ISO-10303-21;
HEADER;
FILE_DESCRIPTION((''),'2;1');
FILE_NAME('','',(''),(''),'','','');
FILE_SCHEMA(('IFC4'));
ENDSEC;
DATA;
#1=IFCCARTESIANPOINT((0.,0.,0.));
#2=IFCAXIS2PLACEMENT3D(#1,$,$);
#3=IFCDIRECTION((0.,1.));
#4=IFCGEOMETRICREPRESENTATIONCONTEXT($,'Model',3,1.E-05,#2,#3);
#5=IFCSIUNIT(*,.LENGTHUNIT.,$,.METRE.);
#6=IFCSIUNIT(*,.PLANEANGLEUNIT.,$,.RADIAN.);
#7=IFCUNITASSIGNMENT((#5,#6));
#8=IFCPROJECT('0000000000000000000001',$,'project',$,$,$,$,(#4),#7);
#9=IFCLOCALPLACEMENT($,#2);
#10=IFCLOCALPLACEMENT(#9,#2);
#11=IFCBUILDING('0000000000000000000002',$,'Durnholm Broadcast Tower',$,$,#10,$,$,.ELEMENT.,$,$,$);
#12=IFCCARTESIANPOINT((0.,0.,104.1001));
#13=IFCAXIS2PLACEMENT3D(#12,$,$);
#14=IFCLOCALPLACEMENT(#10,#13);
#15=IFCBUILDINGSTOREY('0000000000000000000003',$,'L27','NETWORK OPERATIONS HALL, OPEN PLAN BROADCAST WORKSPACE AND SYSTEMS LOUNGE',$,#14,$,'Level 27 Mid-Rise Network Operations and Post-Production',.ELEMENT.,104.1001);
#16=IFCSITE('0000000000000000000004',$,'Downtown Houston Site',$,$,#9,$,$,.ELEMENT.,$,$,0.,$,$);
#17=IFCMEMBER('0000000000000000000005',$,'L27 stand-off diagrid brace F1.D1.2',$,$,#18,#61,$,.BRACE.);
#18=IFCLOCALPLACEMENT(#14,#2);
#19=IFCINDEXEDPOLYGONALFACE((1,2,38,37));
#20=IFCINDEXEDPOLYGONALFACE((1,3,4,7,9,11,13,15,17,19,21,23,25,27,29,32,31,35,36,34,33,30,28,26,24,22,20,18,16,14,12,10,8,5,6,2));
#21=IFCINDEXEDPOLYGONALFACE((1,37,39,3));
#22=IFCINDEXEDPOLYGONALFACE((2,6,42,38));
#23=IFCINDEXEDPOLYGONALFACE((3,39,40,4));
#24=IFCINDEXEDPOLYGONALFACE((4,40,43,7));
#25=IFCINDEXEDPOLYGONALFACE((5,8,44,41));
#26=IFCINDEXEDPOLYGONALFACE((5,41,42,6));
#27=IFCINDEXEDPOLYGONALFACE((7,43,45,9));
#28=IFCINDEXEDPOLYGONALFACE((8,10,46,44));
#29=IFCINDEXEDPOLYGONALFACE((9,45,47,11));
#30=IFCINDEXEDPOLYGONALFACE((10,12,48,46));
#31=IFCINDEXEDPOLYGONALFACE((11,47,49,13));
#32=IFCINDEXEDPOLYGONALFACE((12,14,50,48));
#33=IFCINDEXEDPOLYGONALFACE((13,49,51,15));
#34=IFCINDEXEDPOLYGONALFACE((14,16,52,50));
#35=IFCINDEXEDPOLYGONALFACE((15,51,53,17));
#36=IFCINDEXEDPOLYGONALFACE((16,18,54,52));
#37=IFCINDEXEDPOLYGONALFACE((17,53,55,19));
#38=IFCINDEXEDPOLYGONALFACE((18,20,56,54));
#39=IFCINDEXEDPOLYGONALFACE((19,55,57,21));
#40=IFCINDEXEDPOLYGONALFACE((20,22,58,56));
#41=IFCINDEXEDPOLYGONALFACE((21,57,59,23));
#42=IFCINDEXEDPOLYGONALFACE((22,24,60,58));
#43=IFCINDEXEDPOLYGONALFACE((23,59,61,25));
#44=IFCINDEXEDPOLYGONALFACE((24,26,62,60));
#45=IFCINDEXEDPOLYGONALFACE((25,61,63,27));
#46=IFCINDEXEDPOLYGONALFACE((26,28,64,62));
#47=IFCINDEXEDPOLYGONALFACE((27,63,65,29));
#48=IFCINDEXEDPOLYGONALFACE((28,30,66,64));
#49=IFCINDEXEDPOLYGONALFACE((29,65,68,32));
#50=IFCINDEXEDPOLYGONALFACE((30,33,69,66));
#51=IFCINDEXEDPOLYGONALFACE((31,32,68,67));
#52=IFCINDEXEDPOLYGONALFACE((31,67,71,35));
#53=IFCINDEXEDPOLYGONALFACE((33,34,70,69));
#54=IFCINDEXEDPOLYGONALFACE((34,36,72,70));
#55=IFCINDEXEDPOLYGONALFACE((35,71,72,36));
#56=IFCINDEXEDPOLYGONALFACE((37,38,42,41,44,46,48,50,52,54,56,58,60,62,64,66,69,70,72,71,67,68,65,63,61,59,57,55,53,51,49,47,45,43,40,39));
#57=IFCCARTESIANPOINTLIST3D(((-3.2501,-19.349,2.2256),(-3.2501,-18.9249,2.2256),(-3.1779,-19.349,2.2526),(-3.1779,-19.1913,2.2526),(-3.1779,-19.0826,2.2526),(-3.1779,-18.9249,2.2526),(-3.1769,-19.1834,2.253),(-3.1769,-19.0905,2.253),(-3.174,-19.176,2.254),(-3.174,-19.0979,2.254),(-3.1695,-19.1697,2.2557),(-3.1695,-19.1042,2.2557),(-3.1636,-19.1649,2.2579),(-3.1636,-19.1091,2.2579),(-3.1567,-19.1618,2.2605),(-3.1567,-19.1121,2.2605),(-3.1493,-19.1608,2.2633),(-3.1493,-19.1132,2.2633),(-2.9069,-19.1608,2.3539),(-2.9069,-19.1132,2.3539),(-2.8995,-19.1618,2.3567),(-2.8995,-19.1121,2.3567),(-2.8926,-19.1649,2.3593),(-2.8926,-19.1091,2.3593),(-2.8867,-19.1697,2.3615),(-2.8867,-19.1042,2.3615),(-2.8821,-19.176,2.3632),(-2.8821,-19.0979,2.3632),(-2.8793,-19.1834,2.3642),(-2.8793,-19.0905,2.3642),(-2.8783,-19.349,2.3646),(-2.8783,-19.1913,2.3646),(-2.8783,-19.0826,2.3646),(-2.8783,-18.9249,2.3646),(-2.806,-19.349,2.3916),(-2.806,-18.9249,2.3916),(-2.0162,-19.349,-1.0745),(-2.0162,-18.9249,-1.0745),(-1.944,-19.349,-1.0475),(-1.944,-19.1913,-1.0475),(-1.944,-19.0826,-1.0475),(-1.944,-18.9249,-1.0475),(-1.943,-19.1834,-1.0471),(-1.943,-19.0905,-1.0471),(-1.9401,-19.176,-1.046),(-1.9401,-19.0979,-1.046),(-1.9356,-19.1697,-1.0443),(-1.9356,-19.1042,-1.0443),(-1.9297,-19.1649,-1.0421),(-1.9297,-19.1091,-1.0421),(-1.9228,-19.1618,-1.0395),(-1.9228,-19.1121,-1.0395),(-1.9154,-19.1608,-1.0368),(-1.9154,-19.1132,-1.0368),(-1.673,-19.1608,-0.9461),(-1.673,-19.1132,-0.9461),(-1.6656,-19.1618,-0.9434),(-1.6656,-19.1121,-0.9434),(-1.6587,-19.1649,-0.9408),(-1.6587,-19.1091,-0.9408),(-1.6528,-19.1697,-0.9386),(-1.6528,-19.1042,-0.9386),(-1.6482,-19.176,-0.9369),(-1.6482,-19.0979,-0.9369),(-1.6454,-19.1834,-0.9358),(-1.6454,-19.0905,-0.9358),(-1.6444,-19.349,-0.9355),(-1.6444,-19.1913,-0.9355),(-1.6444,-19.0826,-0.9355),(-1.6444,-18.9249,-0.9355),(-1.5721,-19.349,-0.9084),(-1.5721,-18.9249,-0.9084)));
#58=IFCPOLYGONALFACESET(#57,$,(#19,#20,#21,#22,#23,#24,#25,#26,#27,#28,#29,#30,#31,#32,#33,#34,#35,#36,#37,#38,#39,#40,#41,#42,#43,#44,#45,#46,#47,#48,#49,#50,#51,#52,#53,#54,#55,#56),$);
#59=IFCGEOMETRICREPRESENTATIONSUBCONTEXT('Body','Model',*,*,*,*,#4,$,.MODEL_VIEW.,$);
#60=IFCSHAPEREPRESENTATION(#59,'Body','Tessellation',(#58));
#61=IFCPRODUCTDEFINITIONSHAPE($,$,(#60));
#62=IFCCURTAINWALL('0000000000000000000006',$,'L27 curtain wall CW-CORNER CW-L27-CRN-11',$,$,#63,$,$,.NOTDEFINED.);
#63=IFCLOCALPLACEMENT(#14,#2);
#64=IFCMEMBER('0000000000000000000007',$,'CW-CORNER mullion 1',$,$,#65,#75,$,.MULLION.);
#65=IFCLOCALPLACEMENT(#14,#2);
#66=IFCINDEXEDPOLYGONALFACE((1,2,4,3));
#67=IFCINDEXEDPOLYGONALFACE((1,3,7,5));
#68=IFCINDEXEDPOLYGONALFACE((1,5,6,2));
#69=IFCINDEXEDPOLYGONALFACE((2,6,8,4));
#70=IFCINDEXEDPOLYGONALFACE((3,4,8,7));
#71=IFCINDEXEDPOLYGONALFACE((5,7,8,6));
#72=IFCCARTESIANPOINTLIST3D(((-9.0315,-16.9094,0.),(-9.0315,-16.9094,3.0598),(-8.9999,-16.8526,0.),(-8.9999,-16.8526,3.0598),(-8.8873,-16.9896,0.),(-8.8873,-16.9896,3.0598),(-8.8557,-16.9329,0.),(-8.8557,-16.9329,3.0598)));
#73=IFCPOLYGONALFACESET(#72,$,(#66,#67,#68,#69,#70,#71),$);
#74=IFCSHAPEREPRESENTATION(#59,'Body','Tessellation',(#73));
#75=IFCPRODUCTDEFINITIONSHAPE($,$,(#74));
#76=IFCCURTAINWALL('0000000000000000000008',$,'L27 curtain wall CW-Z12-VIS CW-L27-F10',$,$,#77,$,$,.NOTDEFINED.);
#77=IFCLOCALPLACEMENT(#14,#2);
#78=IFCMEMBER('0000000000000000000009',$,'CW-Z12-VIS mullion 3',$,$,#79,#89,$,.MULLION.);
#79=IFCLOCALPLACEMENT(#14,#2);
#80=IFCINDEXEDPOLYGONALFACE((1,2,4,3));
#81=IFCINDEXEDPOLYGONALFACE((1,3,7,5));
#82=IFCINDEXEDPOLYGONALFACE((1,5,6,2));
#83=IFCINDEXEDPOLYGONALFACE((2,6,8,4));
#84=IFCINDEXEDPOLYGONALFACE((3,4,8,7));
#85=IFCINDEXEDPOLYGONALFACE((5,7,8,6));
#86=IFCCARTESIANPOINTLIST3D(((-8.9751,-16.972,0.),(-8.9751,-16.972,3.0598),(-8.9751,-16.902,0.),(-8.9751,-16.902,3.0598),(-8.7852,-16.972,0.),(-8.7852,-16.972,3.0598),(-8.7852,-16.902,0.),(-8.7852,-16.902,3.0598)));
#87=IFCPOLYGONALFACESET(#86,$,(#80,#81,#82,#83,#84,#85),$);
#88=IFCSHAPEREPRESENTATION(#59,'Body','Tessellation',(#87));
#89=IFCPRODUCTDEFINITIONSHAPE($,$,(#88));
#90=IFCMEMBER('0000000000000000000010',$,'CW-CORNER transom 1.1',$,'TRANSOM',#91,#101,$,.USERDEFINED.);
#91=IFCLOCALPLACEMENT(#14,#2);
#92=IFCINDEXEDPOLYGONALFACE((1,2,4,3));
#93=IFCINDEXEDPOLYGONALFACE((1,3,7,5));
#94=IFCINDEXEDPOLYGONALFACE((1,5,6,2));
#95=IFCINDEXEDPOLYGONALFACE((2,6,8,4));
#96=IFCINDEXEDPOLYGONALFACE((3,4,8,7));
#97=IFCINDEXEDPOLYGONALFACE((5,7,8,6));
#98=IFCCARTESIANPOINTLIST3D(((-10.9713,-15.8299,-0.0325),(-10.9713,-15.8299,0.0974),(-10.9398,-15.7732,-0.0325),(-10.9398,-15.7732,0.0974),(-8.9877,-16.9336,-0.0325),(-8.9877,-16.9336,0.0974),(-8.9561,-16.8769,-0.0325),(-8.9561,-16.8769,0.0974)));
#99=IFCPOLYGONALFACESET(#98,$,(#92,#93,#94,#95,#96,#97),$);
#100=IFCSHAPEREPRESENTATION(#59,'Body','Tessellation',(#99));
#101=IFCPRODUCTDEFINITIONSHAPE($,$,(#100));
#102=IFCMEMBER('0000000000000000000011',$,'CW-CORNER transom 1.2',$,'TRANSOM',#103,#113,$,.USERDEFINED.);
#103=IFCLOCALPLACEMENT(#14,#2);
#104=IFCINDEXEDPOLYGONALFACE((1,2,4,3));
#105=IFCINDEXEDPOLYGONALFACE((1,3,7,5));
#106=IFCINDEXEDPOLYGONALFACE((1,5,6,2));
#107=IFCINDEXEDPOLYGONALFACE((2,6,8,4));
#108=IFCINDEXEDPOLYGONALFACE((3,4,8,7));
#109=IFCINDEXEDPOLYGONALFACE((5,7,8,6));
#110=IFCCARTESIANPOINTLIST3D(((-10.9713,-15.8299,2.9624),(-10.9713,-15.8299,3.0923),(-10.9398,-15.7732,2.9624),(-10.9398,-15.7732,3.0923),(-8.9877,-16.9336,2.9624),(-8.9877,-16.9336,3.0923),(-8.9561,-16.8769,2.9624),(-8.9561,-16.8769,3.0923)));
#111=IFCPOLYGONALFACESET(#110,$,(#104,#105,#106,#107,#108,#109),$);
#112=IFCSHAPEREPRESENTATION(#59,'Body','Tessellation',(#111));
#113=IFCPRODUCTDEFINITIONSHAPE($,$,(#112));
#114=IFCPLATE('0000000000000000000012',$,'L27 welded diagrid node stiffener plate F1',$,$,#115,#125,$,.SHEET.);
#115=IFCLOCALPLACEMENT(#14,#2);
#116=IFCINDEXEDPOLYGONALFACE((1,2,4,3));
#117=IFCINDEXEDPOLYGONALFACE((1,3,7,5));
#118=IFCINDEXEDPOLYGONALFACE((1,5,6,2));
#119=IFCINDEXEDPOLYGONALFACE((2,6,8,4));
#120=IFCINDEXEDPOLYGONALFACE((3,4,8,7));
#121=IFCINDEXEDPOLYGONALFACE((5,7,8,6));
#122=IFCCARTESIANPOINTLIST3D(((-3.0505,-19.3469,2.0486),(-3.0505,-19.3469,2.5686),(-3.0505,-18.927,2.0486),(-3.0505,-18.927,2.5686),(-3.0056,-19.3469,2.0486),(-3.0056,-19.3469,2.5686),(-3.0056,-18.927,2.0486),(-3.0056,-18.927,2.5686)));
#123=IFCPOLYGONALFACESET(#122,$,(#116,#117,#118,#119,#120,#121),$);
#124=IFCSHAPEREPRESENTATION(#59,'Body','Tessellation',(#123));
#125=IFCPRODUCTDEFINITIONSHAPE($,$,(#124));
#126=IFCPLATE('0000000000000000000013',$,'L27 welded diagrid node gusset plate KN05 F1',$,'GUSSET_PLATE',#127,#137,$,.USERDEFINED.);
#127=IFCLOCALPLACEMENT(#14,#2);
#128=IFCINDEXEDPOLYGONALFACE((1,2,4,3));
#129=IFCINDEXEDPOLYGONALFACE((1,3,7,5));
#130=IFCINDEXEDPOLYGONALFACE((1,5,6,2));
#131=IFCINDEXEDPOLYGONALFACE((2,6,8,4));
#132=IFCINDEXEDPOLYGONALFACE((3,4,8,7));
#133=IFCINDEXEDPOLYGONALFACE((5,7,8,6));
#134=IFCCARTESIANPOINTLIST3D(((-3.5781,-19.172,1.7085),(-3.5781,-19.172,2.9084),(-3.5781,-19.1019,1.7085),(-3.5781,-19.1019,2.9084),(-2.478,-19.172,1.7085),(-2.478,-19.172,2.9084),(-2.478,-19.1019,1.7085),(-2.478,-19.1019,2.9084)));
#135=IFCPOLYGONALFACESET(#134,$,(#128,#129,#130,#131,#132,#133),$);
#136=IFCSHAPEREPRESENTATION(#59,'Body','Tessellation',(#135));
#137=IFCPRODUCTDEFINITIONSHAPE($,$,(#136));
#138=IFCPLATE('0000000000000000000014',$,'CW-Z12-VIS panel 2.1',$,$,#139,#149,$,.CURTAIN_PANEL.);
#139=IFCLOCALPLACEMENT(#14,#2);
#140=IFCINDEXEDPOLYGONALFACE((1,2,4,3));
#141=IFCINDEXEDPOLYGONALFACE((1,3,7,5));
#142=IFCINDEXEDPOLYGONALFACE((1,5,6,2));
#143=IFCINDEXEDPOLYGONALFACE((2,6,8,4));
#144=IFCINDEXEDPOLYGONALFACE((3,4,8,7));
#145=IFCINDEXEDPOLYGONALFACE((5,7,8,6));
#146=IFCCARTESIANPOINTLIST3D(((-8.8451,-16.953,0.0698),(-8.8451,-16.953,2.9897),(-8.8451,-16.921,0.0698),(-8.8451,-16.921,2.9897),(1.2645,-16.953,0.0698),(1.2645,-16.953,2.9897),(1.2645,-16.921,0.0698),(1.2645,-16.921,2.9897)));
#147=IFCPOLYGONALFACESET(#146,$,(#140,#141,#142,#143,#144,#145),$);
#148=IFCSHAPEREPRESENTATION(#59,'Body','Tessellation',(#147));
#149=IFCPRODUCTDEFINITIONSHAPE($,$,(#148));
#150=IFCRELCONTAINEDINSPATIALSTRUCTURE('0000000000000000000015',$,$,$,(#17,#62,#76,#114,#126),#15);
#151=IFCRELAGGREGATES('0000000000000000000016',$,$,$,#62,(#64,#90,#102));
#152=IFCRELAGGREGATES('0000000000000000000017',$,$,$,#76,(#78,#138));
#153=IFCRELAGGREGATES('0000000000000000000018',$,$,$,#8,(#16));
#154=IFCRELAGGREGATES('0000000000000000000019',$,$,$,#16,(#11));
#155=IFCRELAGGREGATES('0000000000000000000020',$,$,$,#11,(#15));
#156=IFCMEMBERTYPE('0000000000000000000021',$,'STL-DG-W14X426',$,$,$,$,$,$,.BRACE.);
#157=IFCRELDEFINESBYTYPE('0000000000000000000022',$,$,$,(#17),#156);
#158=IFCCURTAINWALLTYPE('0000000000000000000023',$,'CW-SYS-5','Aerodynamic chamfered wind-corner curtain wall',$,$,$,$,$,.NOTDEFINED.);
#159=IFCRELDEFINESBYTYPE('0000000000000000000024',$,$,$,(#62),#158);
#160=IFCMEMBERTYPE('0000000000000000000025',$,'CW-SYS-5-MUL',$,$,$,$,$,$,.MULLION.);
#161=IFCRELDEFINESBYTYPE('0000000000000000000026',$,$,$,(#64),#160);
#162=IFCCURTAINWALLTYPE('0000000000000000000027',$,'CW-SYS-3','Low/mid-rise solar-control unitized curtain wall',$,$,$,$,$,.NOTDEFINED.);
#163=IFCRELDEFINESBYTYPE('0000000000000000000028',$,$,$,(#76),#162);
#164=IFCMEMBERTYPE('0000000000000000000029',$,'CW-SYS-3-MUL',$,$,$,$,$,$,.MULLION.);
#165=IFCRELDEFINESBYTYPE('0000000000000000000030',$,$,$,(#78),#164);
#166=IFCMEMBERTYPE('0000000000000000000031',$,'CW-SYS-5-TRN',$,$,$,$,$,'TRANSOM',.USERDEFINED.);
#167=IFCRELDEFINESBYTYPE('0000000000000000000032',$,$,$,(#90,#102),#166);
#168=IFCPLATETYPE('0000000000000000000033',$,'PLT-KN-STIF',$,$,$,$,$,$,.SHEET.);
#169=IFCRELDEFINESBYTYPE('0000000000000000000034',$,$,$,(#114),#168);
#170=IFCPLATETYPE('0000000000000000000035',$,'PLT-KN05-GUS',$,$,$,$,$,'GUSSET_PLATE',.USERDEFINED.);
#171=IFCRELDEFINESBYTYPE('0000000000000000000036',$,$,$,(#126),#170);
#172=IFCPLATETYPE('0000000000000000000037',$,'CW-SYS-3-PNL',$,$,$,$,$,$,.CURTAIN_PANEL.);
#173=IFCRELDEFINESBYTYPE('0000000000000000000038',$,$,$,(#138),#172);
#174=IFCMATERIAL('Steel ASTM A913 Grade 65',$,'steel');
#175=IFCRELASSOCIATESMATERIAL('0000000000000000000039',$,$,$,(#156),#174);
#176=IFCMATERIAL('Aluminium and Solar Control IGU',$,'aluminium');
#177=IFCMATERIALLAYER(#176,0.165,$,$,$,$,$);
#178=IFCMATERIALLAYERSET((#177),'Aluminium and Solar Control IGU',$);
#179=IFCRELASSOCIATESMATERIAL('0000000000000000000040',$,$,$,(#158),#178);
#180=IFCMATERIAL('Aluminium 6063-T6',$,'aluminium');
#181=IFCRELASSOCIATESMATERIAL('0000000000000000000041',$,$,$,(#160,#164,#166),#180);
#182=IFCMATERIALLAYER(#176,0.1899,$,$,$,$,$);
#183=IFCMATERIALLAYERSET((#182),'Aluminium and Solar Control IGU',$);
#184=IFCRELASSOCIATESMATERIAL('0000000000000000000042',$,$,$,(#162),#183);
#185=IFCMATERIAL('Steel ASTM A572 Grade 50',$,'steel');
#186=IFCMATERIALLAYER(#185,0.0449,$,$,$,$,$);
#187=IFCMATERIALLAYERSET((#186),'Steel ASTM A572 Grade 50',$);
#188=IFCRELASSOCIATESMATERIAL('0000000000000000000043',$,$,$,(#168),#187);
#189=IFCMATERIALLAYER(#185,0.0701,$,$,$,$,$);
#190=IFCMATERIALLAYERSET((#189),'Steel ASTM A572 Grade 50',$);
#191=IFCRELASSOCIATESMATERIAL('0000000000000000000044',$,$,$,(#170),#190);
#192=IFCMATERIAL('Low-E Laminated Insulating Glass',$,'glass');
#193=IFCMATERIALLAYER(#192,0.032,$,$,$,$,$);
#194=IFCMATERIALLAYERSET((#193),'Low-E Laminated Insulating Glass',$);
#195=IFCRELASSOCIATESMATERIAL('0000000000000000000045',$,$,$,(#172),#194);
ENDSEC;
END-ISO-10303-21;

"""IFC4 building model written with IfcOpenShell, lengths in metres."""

from ifc_helpers import new_model, si_unit, direction, frame, origin, origin_2d, place, context, subcontext, project, spatial, rectangle, i_section, extrude, source, transform, mapped, material, layer, layer_set, material_profile, profile_set, type_object, type_shapes, element, aggregate, save


model = new_model("IFC4")

# Units and contexts
model_context = context("Model", 3, precision=1e-05, world=origin(), true_north=direction((0.0, 1.0)))
body_context = subcontext(model_context, "Body", "Model", "MODEL_VIEW")
ifc_project = project(units=[si_unit("LENGTHUNIT", "METRE"), si_unit("PLANEANGLEUNIT", "RADIAN")], contexts=[model_context])

# Site, building, storey
site_placement = place(None, origin())
site = spatial("IfcSite", under=ifc_project, at=site_placement, Name="Downtown Houston Site", CompositionType="ELEMENT", RefElevation=0.0)
building_placement = place(site_placement, origin())
building = spatial("IfcBuilding", under=site, at=building_placement, Name="Durnholm Broadcast Tower", CompositionType="ELEMENT")
storey_placement = place(building_placement, frame((0.0, 0.0, 104.1001)))
storey = spatial("IfcBuildingStorey", under=building, at=storey_placement, Name="L27", Description="NETWORK OPERATIONS HALL, OPEN PLAN BROADCAST WORKSPACE AND SYSTEMS LOUNGE", LongName="Level 27 Mid-Rise Network Operations and Post-Production", CompositionType="ELEMENT", Elevation=104.1001)

# Member
ifc_material_1 = material(Name="Steel ASTM A913 Grade 65", Category="steel")
ifc_material_profile_1 = material_profile(ifc_material_1, i_section(OverallWidth=0.4241, OverallDepth=0.4741, WebThickness=0.0476, FlangeThickness=0.0771, FilletRadius=0.0305, at=origin_2d()), Name="W14X426")
ifc_profile_set_1 = profile_set([ifc_material_profile_1], Name="Steel ASTM A913 Grade 65")
member_type_1 = type_object("IfcMemberType", Name="STL-DG-W14X426", PredefinedType="BRACE", material=ifc_profile_set_1)
shared_shape_1 = source(origin(), body_context, "Body", "SweptSolid", [
    extrude(i_section(OverallWidth=0.4241, OverallDepth=0.4741, WebThickness=0.0476, FlangeThickness=0.0771, FilletRadius=0.0305, at=origin_2d()), origin(), (0.0, 0.0, 1.0), 3.5232),
])
type_shapes(member_type_1, [shared_shape_1])
for number, where, z_axis, x_axis, name in (
    (1, (-1.7942, -19.137, -0.9915), (-0.35022, 0.0, 0.936668), (0.0, -1.0, 0.0), "L27 stand-off diagrid brace F1.D1.2"),
):
    element("IfcMember", number, at=place(storey_placement, frame(where, z_axis=z_axis, x_axis=x_axis)), inside=storey, type_object=member_type_1, Name=name, PredefinedType="BRACE", context=body_context, shape_type="MappedRepresentation", body=[
        mapped(shared_shape_1, transform((0.0, 0.0, 0.0), x_axis=(1.0, 0.0, 0.0), y_axis=(0.0, 1.0, 0.0), z_axis=(0.0, 0.0, 1.0), scale=1.0)),
    ])

# Curtain walls, members
ifc_material_2 = material(Name="Aluminium and Solar Control IGU", Category="aluminium")
ifc_layer_1 = layer(ifc_material_2, 0.165)
ifc_layer_set_1 = layer_set([ifc_layer_1], Name="Aluminium and Solar Control IGU")
curtain_wall_type_1 = type_object("IfcCurtainWallType", Name="CW-SYS-5", Description="Aerodynamic chamfered wind-corner curtain wall", PredefinedType="NOTDEFINED", material=ifc_layer_set_1)
curtain_wall_1_placement = place(storey_placement, origin())
curtain_wall_1 = element("IfcCurtainWall", 2, at=curtain_wall_1_placement, inside=storey, type_object=curtain_wall_type_1, Name="L27 curtain wall CW-CORNER CW-L27-CRN-11", PredefinedType="NOTDEFINED")
ifc_material_3 = material(Name="Aluminium 6063-T6", Category="aluminium")
ifc_material_profile_2 = material_profile(ifc_material_3, rectangle(XDim=0.0649, YDim=0.165, at=origin_2d()), Name="CWM65X165")
ifc_profile_set_2 = profile_set([ifc_material_profile_2], Name="Aluminium 6063-T6")
member_type_2 = type_object("IfcMemberType", Name="CW-SYS-5-MUL", PredefinedType="MULLION", material=ifc_profile_set_2)
shared_shape_2 = source(origin(), body_context, "Body", "SweptSolid", [
    extrude(rectangle(XDim=0.0649, YDim=0.165, at=origin_2d()), origin(), (0.0, 0.0, 1.0), 3.0598),
])
type_shapes(member_type_2, [shared_shape_2])
member_1_placement = place(storey_placement, frame((-8.9436, -16.9211, 0.0), z_axis=(0.0, 0.0, 1.0), x_axis=(-0.486244, -0.873823, 0.0)))
member_1 = element("IfcMember", 3, at=member_1_placement, type_object=member_type_2, Name="CW-CORNER mullion 1", PredefinedType="MULLION", context=body_context, shape_type="MappedRepresentation", body=[
    mapped(shared_shape_2, transform((0.0, 0.0, 0.0), x_axis=(1.0, 0.0, 0.0), y_axis=(0.0, 1.0, 0.0), z_axis=(0.0, 0.0, 1.0), scale=1.0)),
])
ifc_layer_2 = layer(ifc_material_2, 0.1899)
ifc_layer_set_2 = layer_set([ifc_layer_2], Name="Aluminium and Solar Control IGU")
curtain_wall_type_2 = type_object("IfcCurtainWallType", Name="CW-SYS-3", Description="Low/mid-rise solar-control unitized curtain wall", PredefinedType="NOTDEFINED", material=ifc_layer_set_2)
curtain_wall_2_placement = place(storey_placement, origin())
curtain_wall_2 = element("IfcCurtainWall", 4, at=curtain_wall_2_placement, inside=storey, type_object=curtain_wall_type_2, Name="L27 curtain wall CW-Z12-VIS CW-L27-F10", PredefinedType="NOTDEFINED")
ifc_material_profile_3 = material_profile(ifc_material_3, rectangle(XDim=0.0701, YDim=0.1899, at=origin_2d()), Name="CWM70X190")
ifc_profile_set_3 = profile_set([ifc_material_profile_3], Name="Aluminium 6063-T6")
member_type_3 = type_object("IfcMemberType", Name="CW-SYS-3-MUL", PredefinedType="MULLION", material=ifc_profile_set_3)
shared_shape_3 = source(origin(), body_context, "Body", "SweptSolid", [
    extrude(rectangle(XDim=0.0701, YDim=0.1899, at=origin_2d()), origin(), (0.0, 0.0, 1.0), 3.0598),
])
type_shapes(member_type_3, [shared_shape_3])
member_2_placement = place(storey_placement, frame((-8.8801, -16.937, 0.0), z_axis=(0.0, 0.0, 1.0), x_axis=(0.0, -1.0, 0.0)))
member_2 = element("IfcMember", 5, at=member_2_placement, type_object=member_type_3, Name="CW-Z12-VIS mullion 3", PredefinedType="MULLION", context=body_context, shape_type="MappedRepresentation", body=[
    mapped(shared_shape_3, transform((0.0, 0.0, 0.0), x_axis=(1.0, 0.0, 0.0), y_axis=(0.0, 1.0, 0.0), z_axis=(0.0, 0.0, 1.0), scale=1.0)),
])

# Members
ifc_material_profile_4 = material_profile(ifc_material_3, rectangle(XDim=0.0649, YDim=0.1299, at=origin_2d()), Name="CWT65X130")
ifc_profile_set_4 = profile_set([ifc_material_profile_4], Name="Aluminium 6063-T6")
member_type_4 = type_object("IfcMemberType", Name="CW-SYS-5-TRN", ElementType="TRANSOM", PredefinedType="USERDEFINED", material=ifc_profile_set_4)
shared_shape_4 = source(origin(), body_context, "Body", "SweptSolid", [
    extrude(rectangle(XDim=0.0649, YDim=0.1299, at=origin_2d()), origin(), (0.0, 0.0, 1.0), 2.27),
])
type_shapes(member_type_4, [shared_shape_4])
member_3_placement = place(storey_placement, frame((-8.9719, -16.9053, 0.0325), z_axis=(-0.873832, 0.486227, 0.0), x_axis=(-0.486227, -0.873832, 0.0)))
member_3 = element("IfcMember", 6, at=member_3_placement, type_object=member_type_4, Name="CW-CORNER transom 1.1", ObjectType="TRANSOM", PredefinedType="USERDEFINED", context=body_context, shape_type="MappedRepresentation", body=[
    mapped(shared_shape_4, transform((0.0, 0.0, 0.0), x_axis=(1.0, 0.0, 0.0), y_axis=(0.0, 1.0, 0.0), z_axis=(0.0, 0.0, 1.0), scale=1.0)),
])
member_4_placement = place(storey_placement, frame((-8.9719, -16.9053, 3.0273), z_axis=(-0.873832, 0.486227, 0.0), x_axis=(-0.486227, -0.873832, 0.0)))
member_4 = element("IfcMember", 7, at=member_4_placement, type_object=member_type_4, Name="CW-CORNER transom 1.2", ObjectType="TRANSOM", PredefinedType="USERDEFINED", context=body_context, shape_type="MappedRepresentation", body=[
    mapped(shared_shape_4, transform((0.0, 0.0, 0.0), x_axis=(1.0, 0.0, 0.0), y_axis=(0.0, 1.0, 0.0), z_axis=(0.0, 0.0, 1.0), scale=1.0)),
])
aggregate(curtain_wall_1, [member_1, member_3, member_4])

# Plates
ifc_material_4 = material(Name="Steel ASTM A572 Grade 50", Category="steel")
ifc_layer_3 = layer(ifc_material_4, 0.0449)
ifc_layer_set_3 = layer_set([ifc_layer_3], Name="Steel ASTM A572 Grade 50")
plate_type_1 = type_object("IfcPlateType", Name="PLT-KN-STIF", PredefinedType="SHEET", material=ifc_layer_set_3)
shared_shape_5 = source(origin(), body_context, "Body", "SweptSolid", [
    extrude(rectangle(XDim=0.0449, YDim=0.4199, at=origin_2d()), origin(), (0.0, 0.0, 1.0), 0.52),
])
type_shapes(plate_type_1, [shared_shape_5])
plate_1_placement = place(storey_placement, frame((-3.0281, -19.137, 2.0486), z_axis=(0.0, 0.0, 1.0), x_axis=(1.0, 0.0, 0.0)))
element("IfcPlate", 8, at=plate_1_placement, inside=storey, type_object=plate_type_1, Name="L27 welded diagrid node stiffener plate F1", PredefinedType="SHEET", context=body_context, shape_type="MappedRepresentation", body=[
    mapped(shared_shape_5, transform((0.0, 0.0, 0.0), x_axis=(1.0, 0.0, 0.0), y_axis=(0.0, 1.0, 0.0), z_axis=(0.0, 0.0, 1.0), scale=1.0)),
])
ifc_layer_4 = layer(ifc_material_4, 0.0701)
ifc_layer_set_4 = layer_set([ifc_layer_4], Name="Steel ASTM A572 Grade 50")
plate_type_2 = type_object("IfcPlateType", Name="PLT-KN05-GUS", ElementType="GUSSET_PLATE", PredefinedType="USERDEFINED", material=ifc_layer_set_4)
shared_shape_6 = source(origin(), body_context, "Body", "SweptSolid", [
    extrude(rectangle(XDim=1.1001, YDim=0.0701, at=origin_2d()), origin(), (0.0, 0.0, 1.0), 1.2),
])
type_shapes(plate_type_2, [shared_shape_6])
plate_2_placement = place(storey_placement, frame((-3.0281, -19.137, 1.7085), z_axis=(0.0, 0.0, 1.0), x_axis=(1.0, 0.0, 0.0)))
element("IfcPlate", 9, at=plate_2_placement, inside=storey, type_object=plate_type_2, Name="L27 welded diagrid node gusset plate KN05 F1", ObjectType="GUSSET_PLATE", PredefinedType="USERDEFINED", context=body_context, shape_type="MappedRepresentation", body=[
    mapped(shared_shape_6, transform((0.0, 0.0, 0.0), x_axis=(1.0, 0.0, 0.0), y_axis=(0.0, 1.0, 0.0), z_axis=(0.0, 0.0, 1.0), scale=1.0)),
])

# Plate
ifc_material_5 = material(Name="Low-E Laminated Insulating Glass", Category="glass")
ifc_layer_5 = layer(ifc_material_5, 0.032)
ifc_layer_set_5 = layer_set([ifc_layer_5], Name="Low-E Laminated Insulating Glass")
plate_type_3 = type_object("IfcPlateType", Name="CW-SYS-3-PNL", PredefinedType="CURTAIN_PANEL", material=ifc_layer_set_5)
shared_shape_7 = source(origin(), body_context, "Body", "SweptSolid", [
    extrude(rectangle(XDim=10.1096, YDim=0.032, at=origin_2d()), origin(), (0.0, 0.0, 1.0), 2.9199),
])
type_shapes(plate_type_3, [shared_shape_7])
plate_3_placement = place(storey_placement, frame((-3.7903, -16.937, 0.0698), z_axis=(0.0, 0.0, 1.0), x_axis=(-1.0, 0.0, 0.0)))
plate_3 = element("IfcPlate", 10, at=plate_3_placement, type_object=plate_type_3, Name="CW-Z12-VIS panel 2.1", PredefinedType="CURTAIN_PANEL", context=body_context, shape_type="MappedRepresentation", body=[
    mapped(shared_shape_7, transform((0.0, 0.0, 0.0), x_axis=(1.0, 0.0, 0.0), y_axis=(0.0, 1.0, 0.0), z_axis=(0.0, 0.0, 1.0), scale=1.0)),
])
aggregate(curtain_wall_2, [member_2, plate_3])

save(model, "model.ifc")
